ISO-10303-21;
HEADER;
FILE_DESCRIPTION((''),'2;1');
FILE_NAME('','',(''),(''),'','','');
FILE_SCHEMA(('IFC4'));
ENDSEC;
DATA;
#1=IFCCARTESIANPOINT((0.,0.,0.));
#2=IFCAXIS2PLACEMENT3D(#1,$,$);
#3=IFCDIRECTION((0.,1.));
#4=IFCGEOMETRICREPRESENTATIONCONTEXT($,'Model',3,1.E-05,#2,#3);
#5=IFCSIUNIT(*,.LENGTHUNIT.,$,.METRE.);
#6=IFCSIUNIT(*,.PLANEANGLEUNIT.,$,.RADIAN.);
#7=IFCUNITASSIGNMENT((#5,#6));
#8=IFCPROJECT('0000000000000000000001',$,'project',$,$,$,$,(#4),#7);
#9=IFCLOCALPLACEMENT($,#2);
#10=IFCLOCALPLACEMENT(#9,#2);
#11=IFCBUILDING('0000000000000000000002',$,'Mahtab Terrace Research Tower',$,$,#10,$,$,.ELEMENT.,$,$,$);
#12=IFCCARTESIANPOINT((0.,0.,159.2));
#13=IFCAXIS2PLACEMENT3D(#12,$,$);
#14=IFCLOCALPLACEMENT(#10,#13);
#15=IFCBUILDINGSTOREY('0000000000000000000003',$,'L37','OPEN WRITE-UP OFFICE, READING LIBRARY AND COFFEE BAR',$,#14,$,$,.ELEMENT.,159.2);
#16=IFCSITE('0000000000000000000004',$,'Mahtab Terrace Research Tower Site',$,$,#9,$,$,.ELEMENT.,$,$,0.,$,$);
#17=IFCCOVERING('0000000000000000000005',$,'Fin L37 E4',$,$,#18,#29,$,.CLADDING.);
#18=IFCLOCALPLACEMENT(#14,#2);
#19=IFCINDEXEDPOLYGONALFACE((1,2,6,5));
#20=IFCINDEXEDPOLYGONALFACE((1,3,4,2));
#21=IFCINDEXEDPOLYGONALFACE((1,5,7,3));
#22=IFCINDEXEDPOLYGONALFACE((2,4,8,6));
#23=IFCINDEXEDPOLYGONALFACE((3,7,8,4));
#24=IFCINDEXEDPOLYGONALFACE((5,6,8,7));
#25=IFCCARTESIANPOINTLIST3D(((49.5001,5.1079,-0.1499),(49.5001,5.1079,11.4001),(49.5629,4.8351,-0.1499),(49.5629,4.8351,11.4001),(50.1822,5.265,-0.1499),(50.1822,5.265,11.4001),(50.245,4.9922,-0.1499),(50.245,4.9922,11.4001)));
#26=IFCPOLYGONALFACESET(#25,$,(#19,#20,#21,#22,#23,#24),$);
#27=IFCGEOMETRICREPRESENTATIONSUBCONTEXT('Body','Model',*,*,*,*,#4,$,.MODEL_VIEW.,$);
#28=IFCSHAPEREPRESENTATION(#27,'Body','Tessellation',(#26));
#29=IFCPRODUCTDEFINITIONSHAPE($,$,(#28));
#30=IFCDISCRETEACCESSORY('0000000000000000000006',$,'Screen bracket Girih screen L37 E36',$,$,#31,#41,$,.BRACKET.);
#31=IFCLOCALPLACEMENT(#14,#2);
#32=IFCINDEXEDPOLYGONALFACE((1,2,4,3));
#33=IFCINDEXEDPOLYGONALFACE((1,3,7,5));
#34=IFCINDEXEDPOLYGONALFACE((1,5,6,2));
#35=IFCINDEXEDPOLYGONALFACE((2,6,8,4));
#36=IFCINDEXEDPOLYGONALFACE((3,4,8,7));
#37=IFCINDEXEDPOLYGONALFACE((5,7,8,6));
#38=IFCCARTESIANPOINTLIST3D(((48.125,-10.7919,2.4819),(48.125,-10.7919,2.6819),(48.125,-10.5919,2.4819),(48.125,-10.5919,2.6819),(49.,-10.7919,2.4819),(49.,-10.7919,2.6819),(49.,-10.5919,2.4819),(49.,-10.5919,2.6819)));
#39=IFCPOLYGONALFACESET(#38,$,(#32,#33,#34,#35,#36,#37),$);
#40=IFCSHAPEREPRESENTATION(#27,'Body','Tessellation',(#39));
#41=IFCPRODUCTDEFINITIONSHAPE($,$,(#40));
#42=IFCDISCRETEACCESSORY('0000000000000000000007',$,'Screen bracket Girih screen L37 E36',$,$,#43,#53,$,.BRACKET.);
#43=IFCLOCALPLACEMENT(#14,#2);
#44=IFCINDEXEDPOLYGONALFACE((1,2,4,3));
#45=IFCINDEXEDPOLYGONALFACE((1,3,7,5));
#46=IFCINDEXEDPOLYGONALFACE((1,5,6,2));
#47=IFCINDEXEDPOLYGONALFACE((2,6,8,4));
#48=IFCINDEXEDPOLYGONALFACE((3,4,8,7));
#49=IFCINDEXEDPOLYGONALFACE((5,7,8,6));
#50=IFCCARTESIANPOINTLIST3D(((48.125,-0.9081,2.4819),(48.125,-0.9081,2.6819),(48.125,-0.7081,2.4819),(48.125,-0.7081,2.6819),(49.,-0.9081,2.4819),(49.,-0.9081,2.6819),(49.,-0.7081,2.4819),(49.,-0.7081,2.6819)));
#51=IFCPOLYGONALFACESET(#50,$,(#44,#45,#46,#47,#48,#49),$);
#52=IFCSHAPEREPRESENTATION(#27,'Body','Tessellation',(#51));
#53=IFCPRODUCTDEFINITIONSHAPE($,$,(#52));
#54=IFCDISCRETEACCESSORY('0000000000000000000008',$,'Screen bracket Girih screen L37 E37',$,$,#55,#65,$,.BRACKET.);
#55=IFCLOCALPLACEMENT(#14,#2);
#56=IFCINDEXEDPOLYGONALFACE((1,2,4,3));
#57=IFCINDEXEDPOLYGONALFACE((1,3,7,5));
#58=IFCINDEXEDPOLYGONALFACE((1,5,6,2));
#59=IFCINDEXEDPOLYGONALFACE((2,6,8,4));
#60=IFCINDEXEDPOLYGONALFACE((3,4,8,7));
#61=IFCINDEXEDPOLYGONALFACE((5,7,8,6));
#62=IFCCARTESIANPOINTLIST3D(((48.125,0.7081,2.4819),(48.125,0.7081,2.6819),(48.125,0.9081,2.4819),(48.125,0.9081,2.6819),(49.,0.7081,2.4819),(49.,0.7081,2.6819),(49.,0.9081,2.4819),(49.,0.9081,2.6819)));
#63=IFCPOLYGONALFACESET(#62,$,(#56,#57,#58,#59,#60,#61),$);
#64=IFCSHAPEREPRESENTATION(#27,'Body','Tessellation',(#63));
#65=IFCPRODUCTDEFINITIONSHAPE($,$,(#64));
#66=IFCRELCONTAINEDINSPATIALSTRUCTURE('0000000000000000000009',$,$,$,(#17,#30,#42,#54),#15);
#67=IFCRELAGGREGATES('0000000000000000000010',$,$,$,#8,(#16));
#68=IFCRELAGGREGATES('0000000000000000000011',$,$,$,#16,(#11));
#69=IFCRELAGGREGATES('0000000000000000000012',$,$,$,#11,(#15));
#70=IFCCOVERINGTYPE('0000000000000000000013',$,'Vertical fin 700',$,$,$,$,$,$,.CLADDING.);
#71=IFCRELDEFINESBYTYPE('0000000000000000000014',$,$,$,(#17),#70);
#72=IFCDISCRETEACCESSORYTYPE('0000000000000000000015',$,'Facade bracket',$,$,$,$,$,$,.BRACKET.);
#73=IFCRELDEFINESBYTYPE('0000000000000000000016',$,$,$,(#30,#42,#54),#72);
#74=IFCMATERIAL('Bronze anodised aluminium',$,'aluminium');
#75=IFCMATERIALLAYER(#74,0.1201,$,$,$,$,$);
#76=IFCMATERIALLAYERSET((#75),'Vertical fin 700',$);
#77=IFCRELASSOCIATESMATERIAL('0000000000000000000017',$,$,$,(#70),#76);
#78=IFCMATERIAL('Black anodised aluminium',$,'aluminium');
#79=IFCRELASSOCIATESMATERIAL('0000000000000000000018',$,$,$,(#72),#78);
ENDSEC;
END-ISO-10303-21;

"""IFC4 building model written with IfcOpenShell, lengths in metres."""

from ifc_helpers import new_model, si_unit, direction, frame, origin, origin_2d, place, context, subcontext, project, spatial, rectangle, extrude, material, layer, layer_set, type_object, element, save


model = new_model("IFC4")

# Units and contexts
model_context = context("Model", 3, precision=1e-05, world=origin(), true_north=direction((0.0, 1.0)))
body_context = subcontext(model_context, "Body", "Model", "MODEL_VIEW")
ifc_project = project(units=[si_unit("LENGTHUNIT", "METRE"), si_unit("PLANEANGLEUNIT", "RADIAN")], contexts=[model_context])

# Site, building, storey
site_placement = place(None, origin())
site = spatial("IfcSite", under=ifc_project, at=site_placement, Name="Mahtab Terrace Research Tower Site", CompositionType="ELEMENT", RefElevation=0.0)
building_placement = place(site_placement, origin())
building = spatial("IfcBuilding", under=site, at=building_placement, Name="Mahtab Terrace Research Tower", CompositionType="ELEMENT")
storey_placement = place(building_placement, frame((0.0, 0.0, 159.2)))
storey = spatial("IfcBuildingStorey", under=building, at=storey_placement, Name="L37", Description="OPEN WRITE-UP OFFICE, READING LIBRARY AND COFFEE BAR", CompositionType="ELEMENT", Elevation=159.2)

# Covering
ifc_material_1 = material(Name="Bronze anodised aluminium", Category="aluminium")
ifc_layer_1 = layer(ifc_material_1, 0.1201)
ifc_layer_set_1 = layer_set([ifc_layer_1], Name="Vertical fin 700")
covering_type_1 = type_object("IfcCoveringType", Name="Vertical fin 700", PredefinedType="CLADDING", material=ifc_layer_set_1)
for number, where, z_axis, x_axis, name in (
    (1, (49.8726, 5.05, -0.1499), (0.0, 0.0, 1.0), (-0.224451, 0.974485, 0.0), "Fin L37 E4"),
):
    element("IfcCovering", number, at=place(storey_placement, frame(where, z_axis=z_axis, x_axis=x_axis)), inside=storey, type_object=covering_type_1, Name=name, PredefinedType="CLADDING", context=body_context, shape_type="SweptSolid", body=[
        extrude(rectangle(XDim=0.28, YDim=0.7, at=origin_2d()), origin(), (0.0, 0.0, 1.0), 11.55),
    ])

# Discrete accessories
ifc_material_2 = material(Name="Black anodised aluminium", Category="aluminium")
discrete_accessory_type = type_object("IfcDiscreteAccessoryType", Name="Facade bracket", PredefinedType="BRACKET", material=ifc_material_2)
for number, where, z_axis, x_axis, name in (
    (2, (48.5625, -10.6919, 2.4819), (0.0, 0.0, 1.0), (0.0, 1.0, 0.0), "Screen bracket Girih screen L37 E36"),
    (3, (48.5625, -0.8081, 2.4819), (0.0, 0.0, 1.0), (0.0, 1.0, 0.0), "Screen bracket Girih screen L37 E36"),
    (4, (48.5625, 0.8081, 2.4819), (0.0, 0.0, 1.0), (0.0, 1.0, 0.0), "Screen bracket Girih screen L37 E37"),
):
    element("IfcDiscreteAccessory", number, at=place(storey_placement, frame(where, z_axis=z_axis, x_axis=x_axis)), inside=storey, type_object=discrete_accessory_type, Name=name, PredefinedType="BRACKET", context=body_context, shape_type="SweptSolid", body=[
        extrude(rectangle(XDim=0.2, YDim=0.875, at=origin_2d()), origin(), (0.0, 0.0, 1.0), 0.2),
    ])

save(model, "model.ifc")
